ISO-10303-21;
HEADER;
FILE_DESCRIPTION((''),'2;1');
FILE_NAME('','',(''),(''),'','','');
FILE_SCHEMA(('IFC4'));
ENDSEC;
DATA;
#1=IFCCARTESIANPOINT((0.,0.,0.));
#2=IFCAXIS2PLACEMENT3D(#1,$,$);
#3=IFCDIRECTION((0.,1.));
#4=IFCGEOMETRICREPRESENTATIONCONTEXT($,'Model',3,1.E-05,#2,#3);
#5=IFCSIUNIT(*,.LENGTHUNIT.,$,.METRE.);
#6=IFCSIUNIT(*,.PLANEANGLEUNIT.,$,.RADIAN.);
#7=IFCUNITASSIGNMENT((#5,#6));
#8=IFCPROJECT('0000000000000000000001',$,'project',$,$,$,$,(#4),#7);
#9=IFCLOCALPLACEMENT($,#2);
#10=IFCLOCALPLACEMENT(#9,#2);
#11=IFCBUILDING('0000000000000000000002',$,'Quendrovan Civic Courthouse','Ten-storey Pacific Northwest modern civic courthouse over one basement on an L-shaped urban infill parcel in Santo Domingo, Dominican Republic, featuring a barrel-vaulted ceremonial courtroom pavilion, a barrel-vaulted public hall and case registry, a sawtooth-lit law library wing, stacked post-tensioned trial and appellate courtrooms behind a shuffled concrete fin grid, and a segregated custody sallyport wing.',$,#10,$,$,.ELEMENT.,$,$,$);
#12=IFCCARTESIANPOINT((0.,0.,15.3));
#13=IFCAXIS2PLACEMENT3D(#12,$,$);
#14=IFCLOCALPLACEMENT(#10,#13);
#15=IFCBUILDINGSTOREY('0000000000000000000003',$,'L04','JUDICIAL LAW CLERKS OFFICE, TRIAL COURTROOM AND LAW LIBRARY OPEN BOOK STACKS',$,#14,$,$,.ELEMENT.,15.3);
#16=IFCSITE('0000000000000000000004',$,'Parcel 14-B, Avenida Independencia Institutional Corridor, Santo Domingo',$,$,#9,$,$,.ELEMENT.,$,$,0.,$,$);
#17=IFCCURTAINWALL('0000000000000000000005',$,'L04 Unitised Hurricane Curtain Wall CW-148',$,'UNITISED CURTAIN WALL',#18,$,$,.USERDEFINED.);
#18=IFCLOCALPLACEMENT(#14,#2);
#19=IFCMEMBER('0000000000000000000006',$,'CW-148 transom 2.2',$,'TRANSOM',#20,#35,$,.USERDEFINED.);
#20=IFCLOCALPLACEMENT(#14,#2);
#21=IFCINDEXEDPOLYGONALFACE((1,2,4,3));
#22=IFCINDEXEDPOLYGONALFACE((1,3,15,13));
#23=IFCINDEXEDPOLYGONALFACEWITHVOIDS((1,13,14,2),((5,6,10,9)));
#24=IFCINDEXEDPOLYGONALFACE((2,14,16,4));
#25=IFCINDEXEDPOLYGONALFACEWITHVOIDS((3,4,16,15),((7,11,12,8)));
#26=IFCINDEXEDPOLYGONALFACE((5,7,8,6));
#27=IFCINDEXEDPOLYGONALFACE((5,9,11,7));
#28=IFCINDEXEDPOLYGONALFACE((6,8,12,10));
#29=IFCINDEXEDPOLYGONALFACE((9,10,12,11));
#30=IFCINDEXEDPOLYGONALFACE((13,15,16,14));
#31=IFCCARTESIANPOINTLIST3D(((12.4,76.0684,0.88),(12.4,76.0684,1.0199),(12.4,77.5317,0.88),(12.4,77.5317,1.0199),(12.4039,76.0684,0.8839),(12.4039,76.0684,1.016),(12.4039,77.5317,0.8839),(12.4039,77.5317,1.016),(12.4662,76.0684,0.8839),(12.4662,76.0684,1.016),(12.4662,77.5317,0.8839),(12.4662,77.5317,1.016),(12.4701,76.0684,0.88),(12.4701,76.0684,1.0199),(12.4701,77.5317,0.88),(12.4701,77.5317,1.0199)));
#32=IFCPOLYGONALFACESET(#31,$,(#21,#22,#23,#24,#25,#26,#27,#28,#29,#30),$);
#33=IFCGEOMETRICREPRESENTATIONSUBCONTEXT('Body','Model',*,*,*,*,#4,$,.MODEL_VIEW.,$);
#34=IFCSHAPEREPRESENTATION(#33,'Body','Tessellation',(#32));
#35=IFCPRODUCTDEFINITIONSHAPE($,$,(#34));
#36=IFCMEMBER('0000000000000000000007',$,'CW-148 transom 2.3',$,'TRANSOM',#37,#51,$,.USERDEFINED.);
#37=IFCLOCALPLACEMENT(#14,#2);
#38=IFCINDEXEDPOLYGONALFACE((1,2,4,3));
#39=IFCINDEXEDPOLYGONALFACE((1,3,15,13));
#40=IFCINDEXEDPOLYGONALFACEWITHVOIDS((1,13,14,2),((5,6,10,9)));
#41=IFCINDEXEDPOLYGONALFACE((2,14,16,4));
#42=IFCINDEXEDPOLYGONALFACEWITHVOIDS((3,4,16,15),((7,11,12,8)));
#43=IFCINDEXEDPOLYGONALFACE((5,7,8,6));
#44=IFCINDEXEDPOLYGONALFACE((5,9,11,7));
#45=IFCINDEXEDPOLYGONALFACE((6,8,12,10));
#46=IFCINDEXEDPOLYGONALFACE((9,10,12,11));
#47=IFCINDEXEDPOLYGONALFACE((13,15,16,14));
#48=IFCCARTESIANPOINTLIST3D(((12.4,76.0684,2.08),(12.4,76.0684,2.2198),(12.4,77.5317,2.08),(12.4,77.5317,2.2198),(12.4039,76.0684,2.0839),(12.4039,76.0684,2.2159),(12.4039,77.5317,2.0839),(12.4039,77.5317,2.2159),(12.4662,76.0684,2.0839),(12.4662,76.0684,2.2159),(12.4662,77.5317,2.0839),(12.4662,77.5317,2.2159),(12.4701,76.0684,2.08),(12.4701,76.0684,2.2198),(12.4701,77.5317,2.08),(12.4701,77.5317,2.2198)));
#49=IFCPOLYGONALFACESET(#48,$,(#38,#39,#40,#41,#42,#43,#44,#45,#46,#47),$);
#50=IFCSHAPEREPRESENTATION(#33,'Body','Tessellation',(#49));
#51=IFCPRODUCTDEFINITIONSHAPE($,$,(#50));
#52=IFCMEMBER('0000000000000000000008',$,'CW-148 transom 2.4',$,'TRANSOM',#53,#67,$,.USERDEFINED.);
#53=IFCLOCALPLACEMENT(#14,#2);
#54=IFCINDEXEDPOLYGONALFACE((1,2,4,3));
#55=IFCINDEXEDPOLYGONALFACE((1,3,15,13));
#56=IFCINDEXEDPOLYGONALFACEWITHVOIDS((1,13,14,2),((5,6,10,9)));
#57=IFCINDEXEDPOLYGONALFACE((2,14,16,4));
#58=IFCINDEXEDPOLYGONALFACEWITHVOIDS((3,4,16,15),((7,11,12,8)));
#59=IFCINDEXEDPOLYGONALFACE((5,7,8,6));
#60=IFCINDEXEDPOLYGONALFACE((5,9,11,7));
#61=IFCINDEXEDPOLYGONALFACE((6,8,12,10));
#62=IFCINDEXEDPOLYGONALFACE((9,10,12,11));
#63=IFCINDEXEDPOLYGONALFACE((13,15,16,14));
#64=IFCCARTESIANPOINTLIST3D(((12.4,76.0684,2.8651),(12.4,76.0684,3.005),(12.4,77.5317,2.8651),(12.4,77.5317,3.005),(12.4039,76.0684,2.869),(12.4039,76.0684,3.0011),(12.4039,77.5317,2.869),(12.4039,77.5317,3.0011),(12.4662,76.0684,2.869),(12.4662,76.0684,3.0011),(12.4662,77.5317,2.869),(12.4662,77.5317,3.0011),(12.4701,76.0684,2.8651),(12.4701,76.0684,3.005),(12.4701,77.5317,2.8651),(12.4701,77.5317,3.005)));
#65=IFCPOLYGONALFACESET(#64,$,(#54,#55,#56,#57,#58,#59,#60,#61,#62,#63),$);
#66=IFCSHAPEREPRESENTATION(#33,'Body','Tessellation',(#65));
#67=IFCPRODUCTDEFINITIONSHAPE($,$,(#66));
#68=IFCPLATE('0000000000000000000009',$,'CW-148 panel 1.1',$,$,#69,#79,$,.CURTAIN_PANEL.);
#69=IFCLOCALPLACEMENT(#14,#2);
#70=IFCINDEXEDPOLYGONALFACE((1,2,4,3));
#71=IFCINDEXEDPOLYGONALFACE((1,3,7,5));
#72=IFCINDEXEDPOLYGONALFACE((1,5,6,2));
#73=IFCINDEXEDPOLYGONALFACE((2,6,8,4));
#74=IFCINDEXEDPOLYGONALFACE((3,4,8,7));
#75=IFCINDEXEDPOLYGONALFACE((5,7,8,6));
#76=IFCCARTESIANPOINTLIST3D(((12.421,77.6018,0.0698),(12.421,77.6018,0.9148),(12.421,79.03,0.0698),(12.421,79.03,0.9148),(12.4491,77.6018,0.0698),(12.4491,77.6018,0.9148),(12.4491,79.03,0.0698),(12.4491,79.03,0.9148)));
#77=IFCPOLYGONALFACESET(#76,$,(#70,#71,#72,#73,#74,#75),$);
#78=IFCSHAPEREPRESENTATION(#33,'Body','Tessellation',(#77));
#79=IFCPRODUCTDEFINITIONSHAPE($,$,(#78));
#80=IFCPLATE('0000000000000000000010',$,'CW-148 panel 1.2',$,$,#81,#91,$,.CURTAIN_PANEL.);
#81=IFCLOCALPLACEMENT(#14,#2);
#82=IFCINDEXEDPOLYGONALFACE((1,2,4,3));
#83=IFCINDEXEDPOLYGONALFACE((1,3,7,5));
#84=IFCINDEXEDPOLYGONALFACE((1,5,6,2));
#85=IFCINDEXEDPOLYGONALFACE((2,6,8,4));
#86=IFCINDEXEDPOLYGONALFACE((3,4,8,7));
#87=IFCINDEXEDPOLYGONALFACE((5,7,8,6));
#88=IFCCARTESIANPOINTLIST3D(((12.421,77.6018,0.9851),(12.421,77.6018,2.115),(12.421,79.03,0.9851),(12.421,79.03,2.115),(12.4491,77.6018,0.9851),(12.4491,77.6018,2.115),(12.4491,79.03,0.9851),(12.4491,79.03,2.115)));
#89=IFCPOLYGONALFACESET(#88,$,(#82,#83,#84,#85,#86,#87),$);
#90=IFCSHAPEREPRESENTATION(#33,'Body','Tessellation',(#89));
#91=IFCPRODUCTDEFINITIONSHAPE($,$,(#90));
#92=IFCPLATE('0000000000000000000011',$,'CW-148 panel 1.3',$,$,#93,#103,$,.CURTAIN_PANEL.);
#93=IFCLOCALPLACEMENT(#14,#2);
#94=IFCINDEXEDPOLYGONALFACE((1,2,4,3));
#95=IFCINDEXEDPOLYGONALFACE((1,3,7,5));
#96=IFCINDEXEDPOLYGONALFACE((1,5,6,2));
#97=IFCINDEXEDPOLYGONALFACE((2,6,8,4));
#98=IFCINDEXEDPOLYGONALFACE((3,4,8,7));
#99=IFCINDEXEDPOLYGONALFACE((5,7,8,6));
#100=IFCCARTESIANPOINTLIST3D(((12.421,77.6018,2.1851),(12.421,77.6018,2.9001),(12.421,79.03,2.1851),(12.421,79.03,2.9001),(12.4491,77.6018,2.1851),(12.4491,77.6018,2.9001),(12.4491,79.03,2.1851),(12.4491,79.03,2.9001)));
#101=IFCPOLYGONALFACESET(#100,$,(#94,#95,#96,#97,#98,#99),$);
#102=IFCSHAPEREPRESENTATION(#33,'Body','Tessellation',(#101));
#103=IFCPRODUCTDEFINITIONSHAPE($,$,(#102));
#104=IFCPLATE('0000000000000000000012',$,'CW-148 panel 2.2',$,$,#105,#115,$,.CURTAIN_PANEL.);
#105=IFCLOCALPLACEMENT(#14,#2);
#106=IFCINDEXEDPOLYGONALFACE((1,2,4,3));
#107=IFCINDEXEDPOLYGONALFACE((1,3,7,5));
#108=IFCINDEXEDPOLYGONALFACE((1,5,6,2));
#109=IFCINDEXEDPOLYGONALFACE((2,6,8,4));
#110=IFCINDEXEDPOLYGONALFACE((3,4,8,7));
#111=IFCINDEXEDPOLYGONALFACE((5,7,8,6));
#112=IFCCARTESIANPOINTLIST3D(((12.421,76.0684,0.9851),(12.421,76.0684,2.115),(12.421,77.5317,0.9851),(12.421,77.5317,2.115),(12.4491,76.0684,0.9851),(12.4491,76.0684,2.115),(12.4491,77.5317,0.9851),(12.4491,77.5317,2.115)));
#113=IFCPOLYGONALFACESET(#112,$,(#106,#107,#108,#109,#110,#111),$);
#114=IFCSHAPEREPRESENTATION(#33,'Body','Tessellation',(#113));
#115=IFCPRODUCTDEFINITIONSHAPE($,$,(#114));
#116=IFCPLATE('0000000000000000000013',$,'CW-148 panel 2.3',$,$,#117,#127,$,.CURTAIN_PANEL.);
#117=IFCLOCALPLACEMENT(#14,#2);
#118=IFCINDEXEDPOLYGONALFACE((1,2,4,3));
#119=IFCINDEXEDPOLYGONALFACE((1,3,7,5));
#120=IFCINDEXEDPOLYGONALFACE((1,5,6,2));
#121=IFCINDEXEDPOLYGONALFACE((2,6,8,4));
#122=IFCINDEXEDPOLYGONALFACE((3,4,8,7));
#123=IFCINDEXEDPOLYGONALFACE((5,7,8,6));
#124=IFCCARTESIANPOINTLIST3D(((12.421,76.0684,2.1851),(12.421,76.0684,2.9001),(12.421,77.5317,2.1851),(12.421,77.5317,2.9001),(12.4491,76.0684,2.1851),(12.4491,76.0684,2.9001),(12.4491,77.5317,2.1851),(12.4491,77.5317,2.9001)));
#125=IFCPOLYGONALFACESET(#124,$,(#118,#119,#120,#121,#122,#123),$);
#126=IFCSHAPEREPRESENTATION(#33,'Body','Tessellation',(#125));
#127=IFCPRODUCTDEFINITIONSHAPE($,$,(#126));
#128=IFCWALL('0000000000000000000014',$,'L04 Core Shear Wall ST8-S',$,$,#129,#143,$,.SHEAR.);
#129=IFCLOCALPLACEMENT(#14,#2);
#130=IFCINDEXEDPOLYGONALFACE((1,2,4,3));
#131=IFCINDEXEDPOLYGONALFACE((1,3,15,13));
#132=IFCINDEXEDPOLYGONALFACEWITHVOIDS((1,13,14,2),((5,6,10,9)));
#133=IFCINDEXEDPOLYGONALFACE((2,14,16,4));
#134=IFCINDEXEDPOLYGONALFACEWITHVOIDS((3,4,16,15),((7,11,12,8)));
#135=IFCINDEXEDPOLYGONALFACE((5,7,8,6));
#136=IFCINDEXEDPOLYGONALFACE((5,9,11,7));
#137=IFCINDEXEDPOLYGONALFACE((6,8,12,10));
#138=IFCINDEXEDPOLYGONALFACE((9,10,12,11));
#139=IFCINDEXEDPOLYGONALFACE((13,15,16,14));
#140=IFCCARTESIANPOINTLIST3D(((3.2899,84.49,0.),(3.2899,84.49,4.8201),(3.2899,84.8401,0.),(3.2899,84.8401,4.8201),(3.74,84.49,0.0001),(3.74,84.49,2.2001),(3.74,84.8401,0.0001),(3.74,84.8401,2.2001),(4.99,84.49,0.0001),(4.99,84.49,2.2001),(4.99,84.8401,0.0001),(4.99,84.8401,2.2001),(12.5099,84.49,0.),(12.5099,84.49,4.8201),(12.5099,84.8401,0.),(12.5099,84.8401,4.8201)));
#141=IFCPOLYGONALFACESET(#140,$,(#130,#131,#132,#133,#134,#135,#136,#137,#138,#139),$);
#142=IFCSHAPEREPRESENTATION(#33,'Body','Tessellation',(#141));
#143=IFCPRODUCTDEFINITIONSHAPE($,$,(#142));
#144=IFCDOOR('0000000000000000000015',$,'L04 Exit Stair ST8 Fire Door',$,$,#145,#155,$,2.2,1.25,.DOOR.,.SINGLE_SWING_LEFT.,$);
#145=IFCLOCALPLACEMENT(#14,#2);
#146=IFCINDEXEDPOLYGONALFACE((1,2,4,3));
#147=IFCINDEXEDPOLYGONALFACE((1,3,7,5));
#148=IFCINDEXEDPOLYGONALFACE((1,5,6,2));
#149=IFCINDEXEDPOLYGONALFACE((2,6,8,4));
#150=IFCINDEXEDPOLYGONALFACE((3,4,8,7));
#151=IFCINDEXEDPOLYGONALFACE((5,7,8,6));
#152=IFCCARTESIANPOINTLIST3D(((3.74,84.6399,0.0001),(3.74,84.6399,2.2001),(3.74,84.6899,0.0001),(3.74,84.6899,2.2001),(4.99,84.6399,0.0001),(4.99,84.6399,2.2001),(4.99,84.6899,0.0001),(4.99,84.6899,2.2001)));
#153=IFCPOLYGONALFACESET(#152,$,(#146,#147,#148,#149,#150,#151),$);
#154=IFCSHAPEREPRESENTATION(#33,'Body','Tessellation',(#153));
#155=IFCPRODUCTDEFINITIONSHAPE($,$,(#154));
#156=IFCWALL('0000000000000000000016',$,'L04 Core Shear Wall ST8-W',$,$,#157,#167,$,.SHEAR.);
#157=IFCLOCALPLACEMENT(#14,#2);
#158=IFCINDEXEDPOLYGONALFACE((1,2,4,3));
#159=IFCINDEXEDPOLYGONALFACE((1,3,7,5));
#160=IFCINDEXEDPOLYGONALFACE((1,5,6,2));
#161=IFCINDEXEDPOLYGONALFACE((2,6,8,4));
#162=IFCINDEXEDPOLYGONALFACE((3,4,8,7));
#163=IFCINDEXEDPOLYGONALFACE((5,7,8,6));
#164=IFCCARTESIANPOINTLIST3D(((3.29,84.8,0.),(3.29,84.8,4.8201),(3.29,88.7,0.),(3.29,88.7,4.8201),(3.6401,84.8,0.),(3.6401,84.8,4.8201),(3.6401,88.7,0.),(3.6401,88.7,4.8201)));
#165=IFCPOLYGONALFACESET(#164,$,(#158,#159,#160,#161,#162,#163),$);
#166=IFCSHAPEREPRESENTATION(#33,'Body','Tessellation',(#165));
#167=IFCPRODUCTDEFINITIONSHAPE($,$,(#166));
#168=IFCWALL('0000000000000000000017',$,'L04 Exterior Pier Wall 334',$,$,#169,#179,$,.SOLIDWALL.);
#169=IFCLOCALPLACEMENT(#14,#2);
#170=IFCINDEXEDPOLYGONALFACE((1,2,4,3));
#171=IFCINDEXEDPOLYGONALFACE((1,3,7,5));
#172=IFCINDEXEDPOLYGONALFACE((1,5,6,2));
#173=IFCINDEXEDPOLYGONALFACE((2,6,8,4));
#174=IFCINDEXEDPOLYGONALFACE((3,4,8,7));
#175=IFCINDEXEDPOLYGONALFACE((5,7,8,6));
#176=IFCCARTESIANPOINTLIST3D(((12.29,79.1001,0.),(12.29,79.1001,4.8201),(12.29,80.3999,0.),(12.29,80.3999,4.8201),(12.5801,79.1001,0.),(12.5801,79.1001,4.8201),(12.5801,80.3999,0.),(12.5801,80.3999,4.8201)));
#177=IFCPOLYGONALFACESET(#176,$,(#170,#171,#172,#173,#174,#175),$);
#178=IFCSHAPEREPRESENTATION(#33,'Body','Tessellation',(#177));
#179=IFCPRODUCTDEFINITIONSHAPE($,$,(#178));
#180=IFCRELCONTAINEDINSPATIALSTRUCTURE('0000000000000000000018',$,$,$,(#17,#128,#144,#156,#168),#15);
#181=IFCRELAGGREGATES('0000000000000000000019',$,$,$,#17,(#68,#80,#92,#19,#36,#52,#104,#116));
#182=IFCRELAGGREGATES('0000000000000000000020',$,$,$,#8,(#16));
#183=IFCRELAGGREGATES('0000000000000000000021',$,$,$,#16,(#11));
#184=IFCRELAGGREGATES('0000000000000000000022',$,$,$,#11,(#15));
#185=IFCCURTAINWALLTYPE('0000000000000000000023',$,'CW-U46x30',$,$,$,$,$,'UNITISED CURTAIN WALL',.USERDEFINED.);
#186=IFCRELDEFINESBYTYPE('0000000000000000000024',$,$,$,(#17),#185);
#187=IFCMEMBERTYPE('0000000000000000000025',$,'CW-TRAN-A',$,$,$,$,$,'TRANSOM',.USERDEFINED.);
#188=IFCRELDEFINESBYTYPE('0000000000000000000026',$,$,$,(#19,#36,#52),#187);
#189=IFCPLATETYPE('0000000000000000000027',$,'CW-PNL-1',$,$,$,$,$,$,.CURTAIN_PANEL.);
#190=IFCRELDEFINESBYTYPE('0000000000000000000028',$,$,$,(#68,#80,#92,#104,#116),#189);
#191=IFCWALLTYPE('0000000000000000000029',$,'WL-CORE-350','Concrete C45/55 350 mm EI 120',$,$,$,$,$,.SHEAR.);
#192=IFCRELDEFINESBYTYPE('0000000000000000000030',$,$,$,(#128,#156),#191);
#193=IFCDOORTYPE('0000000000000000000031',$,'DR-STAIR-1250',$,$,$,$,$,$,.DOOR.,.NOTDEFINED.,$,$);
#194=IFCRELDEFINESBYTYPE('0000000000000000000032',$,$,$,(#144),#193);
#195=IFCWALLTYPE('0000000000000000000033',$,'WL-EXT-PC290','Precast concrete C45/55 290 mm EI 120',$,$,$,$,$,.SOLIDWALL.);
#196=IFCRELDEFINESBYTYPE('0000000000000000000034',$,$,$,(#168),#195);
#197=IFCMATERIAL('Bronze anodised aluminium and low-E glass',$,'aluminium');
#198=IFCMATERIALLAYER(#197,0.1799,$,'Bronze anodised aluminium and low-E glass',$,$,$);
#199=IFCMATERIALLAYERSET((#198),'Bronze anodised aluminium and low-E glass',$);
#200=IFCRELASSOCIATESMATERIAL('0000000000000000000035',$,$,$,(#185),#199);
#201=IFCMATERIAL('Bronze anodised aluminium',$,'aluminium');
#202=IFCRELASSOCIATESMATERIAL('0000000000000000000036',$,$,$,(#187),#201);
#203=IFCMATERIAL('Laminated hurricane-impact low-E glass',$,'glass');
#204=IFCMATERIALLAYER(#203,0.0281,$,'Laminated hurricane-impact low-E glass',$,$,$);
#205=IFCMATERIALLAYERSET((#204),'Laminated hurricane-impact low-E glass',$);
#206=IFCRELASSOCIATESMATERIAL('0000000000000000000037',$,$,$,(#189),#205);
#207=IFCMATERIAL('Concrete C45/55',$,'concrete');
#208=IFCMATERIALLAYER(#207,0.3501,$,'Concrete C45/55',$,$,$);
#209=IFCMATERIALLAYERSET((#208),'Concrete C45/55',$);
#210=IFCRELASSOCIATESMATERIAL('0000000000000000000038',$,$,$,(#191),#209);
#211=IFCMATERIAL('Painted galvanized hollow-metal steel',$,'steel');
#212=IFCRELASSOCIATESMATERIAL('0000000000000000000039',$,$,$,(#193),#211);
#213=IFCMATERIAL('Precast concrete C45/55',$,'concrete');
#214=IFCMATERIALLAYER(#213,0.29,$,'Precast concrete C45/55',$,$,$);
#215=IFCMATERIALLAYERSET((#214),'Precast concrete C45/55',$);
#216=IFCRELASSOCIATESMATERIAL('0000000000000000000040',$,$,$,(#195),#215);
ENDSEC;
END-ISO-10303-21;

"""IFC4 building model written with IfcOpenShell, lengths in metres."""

from ifc_helpers import new_model, si_unit, direction, frame, frame_2d, origin, origin_2d, place, context, subcontext, project, spatial, rectangle, hollow_rectangle, extrude, material, layer, layer_set, material_profile, profile_set, type_object, element, fill, aggregate, save


model = new_model("IFC4")

# Units and contexts
model_context = context("Model", 3, precision=1e-05, world=origin(), true_north=direction((0.0, 1.0)))
body_context = subcontext(model_context, "Body", "Model", "MODEL_VIEW")
ifc_project = project(units=[si_unit("LENGTHUNIT", "METRE"), si_unit("PLANEANGLEUNIT", "RADIAN")], contexts=[model_context])

# Site, building, storey
site_placement = place(None, origin())
site = spatial("IfcSite", under=ifc_project, at=site_placement, Name="Parcel 14-B, Avenida Independencia Institutional Corridor, Santo Domingo", CompositionType="ELEMENT", RefElevation=0.0)
building_placement = place(site_placement, origin())
building = spatial("IfcBuilding", under=site, at=building_placement, Name="Quendrovan Civic Courthouse", Description="Ten-storey Pacific Northwest modern civic courthouse over one basement on an L-shaped urban infill parcel in Santo Domingo, Dominican Republic, featuring a barrel-vaulted ceremonial courtroom pavilion, a barrel-vaulted public hall and case registry, a sawtooth-lit law library wing, stacked post-tensioned trial and appellate courtrooms behind a shuffled concrete fin grid, and a segregated custody sallyport wing.", CompositionType="ELEMENT")
storey_placement = place(building_placement, frame((0.0, 0.0, 15.3)))
storey = spatial("IfcBuildingStorey", under=building, at=storey_placement, Name="L04", Description="JUDICIAL LAW CLERKS OFFICE, TRIAL COURTROOM AND LAW LIBRARY OPEN BOOK STACKS", CompositionType="ELEMENT", Elevation=15.3)

# Shared definitions
ifc_material_1 = material(Name="Concrete C45/55", Category="concrete")

# Curtain wall, members, plates
ifc_material_2 = material(Name="Bronze anodised aluminium and low-E glass", Category="aluminium")
ifc_layer_1 = layer(ifc_material_2, 0.1799, Name="Bronze anodised aluminium and low-E glass")
ifc_layer_set_1 = layer_set([ifc_layer_1], Name="Bronze anodised aluminium and low-E glass")
curtain_wall_type = type_object("IfcCurtainWallType", Name="CW-U46x30", ElementType="UNITISED CURTAIN WALL", PredefinedType="USERDEFINED", material=ifc_layer_set_1)
curtain_wall_placement = place(storey_placement, origin())
curtain_wall = element("IfcCurtainWall", 1, at=curtain_wall_placement, inside=storey, type_object=curtain_wall_type, Name="L04 Unitised Hurricane Curtain Wall CW-148", ObjectType="UNITISED CURTAIN WALL", PredefinedType="USERDEFINED")
ifc_material_3 = material(Name="Bronze anodised aluminium", Category="aluminium")
ifc_material_profile_1 = material_profile(ifc_material_3, hollow_rectangle(XDim=0.0701, YDim=0.1399, WallThickness=0.0039, at=origin_2d()), Name="CW-TRAN-70x140")
ifc_profile_set_1 = profile_set([ifc_material_profile_1], Name="Bronze anodised aluminium")
member_type_1 = type_object("IfcMemberType", Name="CW-TRAN-A", ElementType="TRANSOM", PredefinedType="USERDEFINED", material=ifc_profile_set_1)
member_1_placement = place(storey_placement, frame((12.4351, 77.5317, 0.95), z_axis=(0.0, -1.0, 0.0), x_axis=(1.0, 0.0, 0.0)))
member_1 = element("IfcMember", 2, at=member_1_placement, type_object=member_type_1, Name="CW-148 transom 2.2", ObjectType="TRANSOM", PredefinedType="USERDEFINED", context=body_context, shape_type="SweptSolid", body=[
    extrude(hollow_rectangle(XDim=0.0701, YDim=0.1399, WallThickness=0.0039, at=origin_2d()), origin(), (0.0, 0.0, 1.0), 1.4634),
])
member_2_placement = place(storey_placement, frame((12.4351, 77.5317, 2.1499), z_axis=(0.0, -1.0, 0.0), x_axis=(1.0, 0.0, 0.0)))
member_2 = element("IfcMember", 3, at=member_2_placement, type_object=member_type_1, Name="CW-148 transom 2.3", ObjectType="TRANSOM", PredefinedType="USERDEFINED", context=body_context, shape_type="SweptSolid", body=[
    extrude(hollow_rectangle(XDim=0.0701, YDim=0.1399, WallThickness=0.0039, at=origin_2d()), origin(), (0.0, 0.0, 1.0), 1.4634),
])
member_3_placement = place(storey_placement, frame((12.4351, 77.5317, 2.9351), z_axis=(0.0, -1.0, 0.0), x_axis=(1.0, 0.0, 0.0)))
member_3 = element("IfcMember", 4, at=member_3_placement, type_object=member_type_1, Name="CW-148 transom 2.4", ObjectType="TRANSOM", PredefinedType="USERDEFINED", context=body_context, shape_type="SweptSolid", body=[
    extrude(hollow_rectangle(XDim=0.0701, YDim=0.1399, WallThickness=0.0039, at=origin_2d()), origin(), (0.0, 0.0, 1.0), 1.4634),
])
ifc_material_4 = material(Name="Laminated hurricane-impact low-E glass", Category="glass")
ifc_layer_2 = layer(ifc_material_4, 0.0281, Name="Laminated hurricane-impact low-E glass")
ifc_layer_set_2 = layer_set([ifc_layer_2], Name="Laminated hurricane-impact low-E glass")
plate_type = type_object("IfcPlateType", Name="CW-PNL-1", PredefinedType="CURTAIN_PANEL", material=ifc_layer_set_2)
plate_1_placement = place(storey_placement, frame((12.4351, 78.3159, 0.0698), z_axis=(0.0, 0.0, 1.0), x_axis=(0.0, -1.0, 0.0)))
plate_1 = element("IfcPlate", 5, at=plate_1_placement, type_object=plate_type, Name="CW-148 panel 1.1", PredefinedType="CURTAIN_PANEL", context=body_context, shape_type="SweptSolid", body=[
    extrude(rectangle(XDim=1.4282, YDim=0.0281, at=origin_2d()), origin(), (0.0, 0.0, 1.0), 0.845),
])
plate_2_placement = place(storey_placement, frame((12.4351, 78.3159, 0.9851), z_axis=(0.0, 0.0, 1.0), x_axis=(0.0, -1.0, 0.0)))
plate_2 = element("IfcPlate", 6, at=plate_2_placement, type_object=plate_type, Name="CW-148 panel 1.2", PredefinedType="CURTAIN_PANEL", context=body_context, shape_type="SweptSolid", body=[
    extrude(rectangle(XDim=1.4282, YDim=0.0281, at=origin_2d()), origin(), (0.0, 0.0, 1.0), 1.1299),
])
plate_3_placement = place(storey_placement, frame((12.4351, 78.3159, 2.1851), z_axis=(0.0, 0.0, 1.0), x_axis=(0.0, -1.0, 0.0)))
plate_3 = element("IfcPlate", 7, at=plate_3_placement, type_object=plate_type, Name="CW-148 panel 1.3", PredefinedType="CURTAIN_PANEL", context=body_context, shape_type="SweptSolid", body=[
    extrude(rectangle(XDim=1.4282, YDim=0.0281, at=origin_2d()), origin(), (0.0, 0.0, 1.0), 0.7151),
])
plate_4_placement = place(storey_placement, frame((12.4351, 76.8, 0.9851), z_axis=(0.0, 0.0, 1.0), x_axis=(0.0, -1.0, 0.0)))
plate_4 = element("IfcPlate", 8, at=plate_4_placement, type_object=plate_type, Name="CW-148 panel 2.2", PredefinedType="CURTAIN_PANEL", context=body_context, shape_type="SweptSolid", body=[
    extrude(rectangle(XDim=1.4634, YDim=0.0281, at=origin_2d()), origin(), (0.0, 0.0, 1.0), 1.1299),
])
plate_5_placement = place(storey_placement, frame((12.4351, 76.8, 2.1851), z_axis=(0.0, 0.0, 1.0), x_axis=(0.0, -1.0, 0.0)))
plate_5 = element("IfcPlate", 9, at=plate_5_placement, type_object=plate_type, Name="CW-148 panel 2.3", PredefinedType="CURTAIN_PANEL", context=body_context, shape_type="SweptSolid", body=[
    extrude(rectangle(XDim=1.4634, YDim=0.0281, at=origin_2d()), origin(), (0.0, 0.0, 1.0), 0.7151),
])
aggregate(curtain_wall, [plate_1, plate_2, plate_3, member_1, member_2, member_3, plate_4, plate_5])

# Wall, opening, door
ifc_layer_3 = layer(ifc_material_1, 0.3501, Name="Concrete C45/55")
ifc_layer_set_3 = layer_set([ifc_layer_3], Name="Concrete C45/55")
wall_type_1 = type_object("IfcWallType", Name="WL-CORE-350", Description="Concrete C45/55 350 mm EI 120", PredefinedType="SHEAR", material=ifc_layer_set_3)
wall_1_placement = place(storey_placement, frame((3.29, 84.665, 0.0), z_axis=(0.0, 0.0, 1.0), x_axis=(1.0, 0.0, 0.0)))
wall_1 = element("IfcWall", 10, at=wall_1_placement, inside=storey, type_object=wall_type_1, Name="L04 Core Shear Wall ST8-S", PredefinedType="SHEAR", context=body_context, shape_type="SweptSolid", body=[
    extrude(rectangle(XDim=9.22, YDim=0.3501, at=frame_2d((4.6099, 0.0))), origin(), (0.0, 0.0, 1.0), 4.8201),
])
opening_placement = place(wall_1_placement, frame((0.45, 0.0, 0.0)))
opening = element("IfcOpeningElement", 11, at=opening_placement, cuts=wall_1, PredefinedType="OPENING", context=body_context, shape_type="SweptSolid", body=[
    extrude(rectangle(XDim=1.25, YDim=2.2, at=frame_2d((0.625, 1.1001))), frame((0.0, 0.1851, 0.0), z_axis=(0.0, -1.0, 0.0), x_axis=(1.0, 0.0, 0.0)), (0.0, 0.0, 1.0), 0.3701),
])
ifc_material_5 = material(Name="Painted galvanized hollow-metal steel", Category="steel")
door_type = type_object("IfcDoorType", Name="DR-STAIR-1250", OperationType="NOTDEFINED", PredefinedType="DOOR", material=ifc_material_5)
door_placement = place(opening_placement, origin())
door = element("IfcDoor", 12, at=door_placement, inside=storey, type_object=door_type, Name="L04 Exit Stair ST8 Fire Door", OperationType="SINGLE_SWING_LEFT", OverallHeight=2.2, OverallWidth=1.25, PredefinedType="DOOR", context=body_context, shape_type="SweptSolid", body=[
    extrude(rectangle(XDim=1.25, YDim=2.2, at=frame_2d((0.625, 1.1001))), frame((0.0, 0.0249, 0.0), z_axis=(0.0, -1.0, 0.0), x_axis=(1.0, 0.0, 0.0)), (0.0, 0.0, 1.0), 0.05),
])
fill(opening, door)

# Walls
wall_2_placement = place(storey_placement, frame((3.4651, 84.8, 0.0), z_axis=(0.0, 0.0, 1.0), x_axis=(0.0, 1.0, 0.0)))
element("IfcWall", 13, at=wall_2_placement, inside=storey, type_object=wall_type_1, Name="L04 Core Shear Wall ST8-W", PredefinedType="SHEAR", context=body_context, shape_type="SweptSolid", body=[
    extrude(rectangle(XDim=3.8999, YDim=0.3501, at=frame_2d((1.95, 0.0))), origin(), (0.0, 0.0, 1.0), 4.8201),
])
ifc_material_6 = material(Name="Precast concrete C45/55", Category="concrete")
ifc_layer_4 = layer(ifc_material_6, 0.29, Name="Precast concrete C45/55")
ifc_layer_set_4 = layer_set([ifc_layer_4], Name="Precast concrete C45/55")
wall_type_2 = type_object("IfcWallType", Name="WL-EXT-PC290", Description="Precast concrete C45/55 290 mm EI 120", PredefinedType="SOLIDWALL", material=ifc_layer_set_4)
wall_3_placement = place(storey_placement, frame((12.4351, 80.3999, 0.0), z_axis=(0.0, 0.0, 1.0), x_axis=(0.0, -1.0, 0.0)))
element("IfcWall", 14, at=wall_3_placement, inside=storey, type_object=wall_type_2, Name="L04 Exterior Pier Wall 334", PredefinedType="SOLIDWALL", context=body_context, shape_type="SweptSolid", body=[
    extrude(rectangle(XDim=1.2998, YDim=0.29, at=frame_2d((0.6499, 0.0))), origin(), (0.0, 0.0, 1.0), 4.8201),
])

save(model, "model.ifc")
